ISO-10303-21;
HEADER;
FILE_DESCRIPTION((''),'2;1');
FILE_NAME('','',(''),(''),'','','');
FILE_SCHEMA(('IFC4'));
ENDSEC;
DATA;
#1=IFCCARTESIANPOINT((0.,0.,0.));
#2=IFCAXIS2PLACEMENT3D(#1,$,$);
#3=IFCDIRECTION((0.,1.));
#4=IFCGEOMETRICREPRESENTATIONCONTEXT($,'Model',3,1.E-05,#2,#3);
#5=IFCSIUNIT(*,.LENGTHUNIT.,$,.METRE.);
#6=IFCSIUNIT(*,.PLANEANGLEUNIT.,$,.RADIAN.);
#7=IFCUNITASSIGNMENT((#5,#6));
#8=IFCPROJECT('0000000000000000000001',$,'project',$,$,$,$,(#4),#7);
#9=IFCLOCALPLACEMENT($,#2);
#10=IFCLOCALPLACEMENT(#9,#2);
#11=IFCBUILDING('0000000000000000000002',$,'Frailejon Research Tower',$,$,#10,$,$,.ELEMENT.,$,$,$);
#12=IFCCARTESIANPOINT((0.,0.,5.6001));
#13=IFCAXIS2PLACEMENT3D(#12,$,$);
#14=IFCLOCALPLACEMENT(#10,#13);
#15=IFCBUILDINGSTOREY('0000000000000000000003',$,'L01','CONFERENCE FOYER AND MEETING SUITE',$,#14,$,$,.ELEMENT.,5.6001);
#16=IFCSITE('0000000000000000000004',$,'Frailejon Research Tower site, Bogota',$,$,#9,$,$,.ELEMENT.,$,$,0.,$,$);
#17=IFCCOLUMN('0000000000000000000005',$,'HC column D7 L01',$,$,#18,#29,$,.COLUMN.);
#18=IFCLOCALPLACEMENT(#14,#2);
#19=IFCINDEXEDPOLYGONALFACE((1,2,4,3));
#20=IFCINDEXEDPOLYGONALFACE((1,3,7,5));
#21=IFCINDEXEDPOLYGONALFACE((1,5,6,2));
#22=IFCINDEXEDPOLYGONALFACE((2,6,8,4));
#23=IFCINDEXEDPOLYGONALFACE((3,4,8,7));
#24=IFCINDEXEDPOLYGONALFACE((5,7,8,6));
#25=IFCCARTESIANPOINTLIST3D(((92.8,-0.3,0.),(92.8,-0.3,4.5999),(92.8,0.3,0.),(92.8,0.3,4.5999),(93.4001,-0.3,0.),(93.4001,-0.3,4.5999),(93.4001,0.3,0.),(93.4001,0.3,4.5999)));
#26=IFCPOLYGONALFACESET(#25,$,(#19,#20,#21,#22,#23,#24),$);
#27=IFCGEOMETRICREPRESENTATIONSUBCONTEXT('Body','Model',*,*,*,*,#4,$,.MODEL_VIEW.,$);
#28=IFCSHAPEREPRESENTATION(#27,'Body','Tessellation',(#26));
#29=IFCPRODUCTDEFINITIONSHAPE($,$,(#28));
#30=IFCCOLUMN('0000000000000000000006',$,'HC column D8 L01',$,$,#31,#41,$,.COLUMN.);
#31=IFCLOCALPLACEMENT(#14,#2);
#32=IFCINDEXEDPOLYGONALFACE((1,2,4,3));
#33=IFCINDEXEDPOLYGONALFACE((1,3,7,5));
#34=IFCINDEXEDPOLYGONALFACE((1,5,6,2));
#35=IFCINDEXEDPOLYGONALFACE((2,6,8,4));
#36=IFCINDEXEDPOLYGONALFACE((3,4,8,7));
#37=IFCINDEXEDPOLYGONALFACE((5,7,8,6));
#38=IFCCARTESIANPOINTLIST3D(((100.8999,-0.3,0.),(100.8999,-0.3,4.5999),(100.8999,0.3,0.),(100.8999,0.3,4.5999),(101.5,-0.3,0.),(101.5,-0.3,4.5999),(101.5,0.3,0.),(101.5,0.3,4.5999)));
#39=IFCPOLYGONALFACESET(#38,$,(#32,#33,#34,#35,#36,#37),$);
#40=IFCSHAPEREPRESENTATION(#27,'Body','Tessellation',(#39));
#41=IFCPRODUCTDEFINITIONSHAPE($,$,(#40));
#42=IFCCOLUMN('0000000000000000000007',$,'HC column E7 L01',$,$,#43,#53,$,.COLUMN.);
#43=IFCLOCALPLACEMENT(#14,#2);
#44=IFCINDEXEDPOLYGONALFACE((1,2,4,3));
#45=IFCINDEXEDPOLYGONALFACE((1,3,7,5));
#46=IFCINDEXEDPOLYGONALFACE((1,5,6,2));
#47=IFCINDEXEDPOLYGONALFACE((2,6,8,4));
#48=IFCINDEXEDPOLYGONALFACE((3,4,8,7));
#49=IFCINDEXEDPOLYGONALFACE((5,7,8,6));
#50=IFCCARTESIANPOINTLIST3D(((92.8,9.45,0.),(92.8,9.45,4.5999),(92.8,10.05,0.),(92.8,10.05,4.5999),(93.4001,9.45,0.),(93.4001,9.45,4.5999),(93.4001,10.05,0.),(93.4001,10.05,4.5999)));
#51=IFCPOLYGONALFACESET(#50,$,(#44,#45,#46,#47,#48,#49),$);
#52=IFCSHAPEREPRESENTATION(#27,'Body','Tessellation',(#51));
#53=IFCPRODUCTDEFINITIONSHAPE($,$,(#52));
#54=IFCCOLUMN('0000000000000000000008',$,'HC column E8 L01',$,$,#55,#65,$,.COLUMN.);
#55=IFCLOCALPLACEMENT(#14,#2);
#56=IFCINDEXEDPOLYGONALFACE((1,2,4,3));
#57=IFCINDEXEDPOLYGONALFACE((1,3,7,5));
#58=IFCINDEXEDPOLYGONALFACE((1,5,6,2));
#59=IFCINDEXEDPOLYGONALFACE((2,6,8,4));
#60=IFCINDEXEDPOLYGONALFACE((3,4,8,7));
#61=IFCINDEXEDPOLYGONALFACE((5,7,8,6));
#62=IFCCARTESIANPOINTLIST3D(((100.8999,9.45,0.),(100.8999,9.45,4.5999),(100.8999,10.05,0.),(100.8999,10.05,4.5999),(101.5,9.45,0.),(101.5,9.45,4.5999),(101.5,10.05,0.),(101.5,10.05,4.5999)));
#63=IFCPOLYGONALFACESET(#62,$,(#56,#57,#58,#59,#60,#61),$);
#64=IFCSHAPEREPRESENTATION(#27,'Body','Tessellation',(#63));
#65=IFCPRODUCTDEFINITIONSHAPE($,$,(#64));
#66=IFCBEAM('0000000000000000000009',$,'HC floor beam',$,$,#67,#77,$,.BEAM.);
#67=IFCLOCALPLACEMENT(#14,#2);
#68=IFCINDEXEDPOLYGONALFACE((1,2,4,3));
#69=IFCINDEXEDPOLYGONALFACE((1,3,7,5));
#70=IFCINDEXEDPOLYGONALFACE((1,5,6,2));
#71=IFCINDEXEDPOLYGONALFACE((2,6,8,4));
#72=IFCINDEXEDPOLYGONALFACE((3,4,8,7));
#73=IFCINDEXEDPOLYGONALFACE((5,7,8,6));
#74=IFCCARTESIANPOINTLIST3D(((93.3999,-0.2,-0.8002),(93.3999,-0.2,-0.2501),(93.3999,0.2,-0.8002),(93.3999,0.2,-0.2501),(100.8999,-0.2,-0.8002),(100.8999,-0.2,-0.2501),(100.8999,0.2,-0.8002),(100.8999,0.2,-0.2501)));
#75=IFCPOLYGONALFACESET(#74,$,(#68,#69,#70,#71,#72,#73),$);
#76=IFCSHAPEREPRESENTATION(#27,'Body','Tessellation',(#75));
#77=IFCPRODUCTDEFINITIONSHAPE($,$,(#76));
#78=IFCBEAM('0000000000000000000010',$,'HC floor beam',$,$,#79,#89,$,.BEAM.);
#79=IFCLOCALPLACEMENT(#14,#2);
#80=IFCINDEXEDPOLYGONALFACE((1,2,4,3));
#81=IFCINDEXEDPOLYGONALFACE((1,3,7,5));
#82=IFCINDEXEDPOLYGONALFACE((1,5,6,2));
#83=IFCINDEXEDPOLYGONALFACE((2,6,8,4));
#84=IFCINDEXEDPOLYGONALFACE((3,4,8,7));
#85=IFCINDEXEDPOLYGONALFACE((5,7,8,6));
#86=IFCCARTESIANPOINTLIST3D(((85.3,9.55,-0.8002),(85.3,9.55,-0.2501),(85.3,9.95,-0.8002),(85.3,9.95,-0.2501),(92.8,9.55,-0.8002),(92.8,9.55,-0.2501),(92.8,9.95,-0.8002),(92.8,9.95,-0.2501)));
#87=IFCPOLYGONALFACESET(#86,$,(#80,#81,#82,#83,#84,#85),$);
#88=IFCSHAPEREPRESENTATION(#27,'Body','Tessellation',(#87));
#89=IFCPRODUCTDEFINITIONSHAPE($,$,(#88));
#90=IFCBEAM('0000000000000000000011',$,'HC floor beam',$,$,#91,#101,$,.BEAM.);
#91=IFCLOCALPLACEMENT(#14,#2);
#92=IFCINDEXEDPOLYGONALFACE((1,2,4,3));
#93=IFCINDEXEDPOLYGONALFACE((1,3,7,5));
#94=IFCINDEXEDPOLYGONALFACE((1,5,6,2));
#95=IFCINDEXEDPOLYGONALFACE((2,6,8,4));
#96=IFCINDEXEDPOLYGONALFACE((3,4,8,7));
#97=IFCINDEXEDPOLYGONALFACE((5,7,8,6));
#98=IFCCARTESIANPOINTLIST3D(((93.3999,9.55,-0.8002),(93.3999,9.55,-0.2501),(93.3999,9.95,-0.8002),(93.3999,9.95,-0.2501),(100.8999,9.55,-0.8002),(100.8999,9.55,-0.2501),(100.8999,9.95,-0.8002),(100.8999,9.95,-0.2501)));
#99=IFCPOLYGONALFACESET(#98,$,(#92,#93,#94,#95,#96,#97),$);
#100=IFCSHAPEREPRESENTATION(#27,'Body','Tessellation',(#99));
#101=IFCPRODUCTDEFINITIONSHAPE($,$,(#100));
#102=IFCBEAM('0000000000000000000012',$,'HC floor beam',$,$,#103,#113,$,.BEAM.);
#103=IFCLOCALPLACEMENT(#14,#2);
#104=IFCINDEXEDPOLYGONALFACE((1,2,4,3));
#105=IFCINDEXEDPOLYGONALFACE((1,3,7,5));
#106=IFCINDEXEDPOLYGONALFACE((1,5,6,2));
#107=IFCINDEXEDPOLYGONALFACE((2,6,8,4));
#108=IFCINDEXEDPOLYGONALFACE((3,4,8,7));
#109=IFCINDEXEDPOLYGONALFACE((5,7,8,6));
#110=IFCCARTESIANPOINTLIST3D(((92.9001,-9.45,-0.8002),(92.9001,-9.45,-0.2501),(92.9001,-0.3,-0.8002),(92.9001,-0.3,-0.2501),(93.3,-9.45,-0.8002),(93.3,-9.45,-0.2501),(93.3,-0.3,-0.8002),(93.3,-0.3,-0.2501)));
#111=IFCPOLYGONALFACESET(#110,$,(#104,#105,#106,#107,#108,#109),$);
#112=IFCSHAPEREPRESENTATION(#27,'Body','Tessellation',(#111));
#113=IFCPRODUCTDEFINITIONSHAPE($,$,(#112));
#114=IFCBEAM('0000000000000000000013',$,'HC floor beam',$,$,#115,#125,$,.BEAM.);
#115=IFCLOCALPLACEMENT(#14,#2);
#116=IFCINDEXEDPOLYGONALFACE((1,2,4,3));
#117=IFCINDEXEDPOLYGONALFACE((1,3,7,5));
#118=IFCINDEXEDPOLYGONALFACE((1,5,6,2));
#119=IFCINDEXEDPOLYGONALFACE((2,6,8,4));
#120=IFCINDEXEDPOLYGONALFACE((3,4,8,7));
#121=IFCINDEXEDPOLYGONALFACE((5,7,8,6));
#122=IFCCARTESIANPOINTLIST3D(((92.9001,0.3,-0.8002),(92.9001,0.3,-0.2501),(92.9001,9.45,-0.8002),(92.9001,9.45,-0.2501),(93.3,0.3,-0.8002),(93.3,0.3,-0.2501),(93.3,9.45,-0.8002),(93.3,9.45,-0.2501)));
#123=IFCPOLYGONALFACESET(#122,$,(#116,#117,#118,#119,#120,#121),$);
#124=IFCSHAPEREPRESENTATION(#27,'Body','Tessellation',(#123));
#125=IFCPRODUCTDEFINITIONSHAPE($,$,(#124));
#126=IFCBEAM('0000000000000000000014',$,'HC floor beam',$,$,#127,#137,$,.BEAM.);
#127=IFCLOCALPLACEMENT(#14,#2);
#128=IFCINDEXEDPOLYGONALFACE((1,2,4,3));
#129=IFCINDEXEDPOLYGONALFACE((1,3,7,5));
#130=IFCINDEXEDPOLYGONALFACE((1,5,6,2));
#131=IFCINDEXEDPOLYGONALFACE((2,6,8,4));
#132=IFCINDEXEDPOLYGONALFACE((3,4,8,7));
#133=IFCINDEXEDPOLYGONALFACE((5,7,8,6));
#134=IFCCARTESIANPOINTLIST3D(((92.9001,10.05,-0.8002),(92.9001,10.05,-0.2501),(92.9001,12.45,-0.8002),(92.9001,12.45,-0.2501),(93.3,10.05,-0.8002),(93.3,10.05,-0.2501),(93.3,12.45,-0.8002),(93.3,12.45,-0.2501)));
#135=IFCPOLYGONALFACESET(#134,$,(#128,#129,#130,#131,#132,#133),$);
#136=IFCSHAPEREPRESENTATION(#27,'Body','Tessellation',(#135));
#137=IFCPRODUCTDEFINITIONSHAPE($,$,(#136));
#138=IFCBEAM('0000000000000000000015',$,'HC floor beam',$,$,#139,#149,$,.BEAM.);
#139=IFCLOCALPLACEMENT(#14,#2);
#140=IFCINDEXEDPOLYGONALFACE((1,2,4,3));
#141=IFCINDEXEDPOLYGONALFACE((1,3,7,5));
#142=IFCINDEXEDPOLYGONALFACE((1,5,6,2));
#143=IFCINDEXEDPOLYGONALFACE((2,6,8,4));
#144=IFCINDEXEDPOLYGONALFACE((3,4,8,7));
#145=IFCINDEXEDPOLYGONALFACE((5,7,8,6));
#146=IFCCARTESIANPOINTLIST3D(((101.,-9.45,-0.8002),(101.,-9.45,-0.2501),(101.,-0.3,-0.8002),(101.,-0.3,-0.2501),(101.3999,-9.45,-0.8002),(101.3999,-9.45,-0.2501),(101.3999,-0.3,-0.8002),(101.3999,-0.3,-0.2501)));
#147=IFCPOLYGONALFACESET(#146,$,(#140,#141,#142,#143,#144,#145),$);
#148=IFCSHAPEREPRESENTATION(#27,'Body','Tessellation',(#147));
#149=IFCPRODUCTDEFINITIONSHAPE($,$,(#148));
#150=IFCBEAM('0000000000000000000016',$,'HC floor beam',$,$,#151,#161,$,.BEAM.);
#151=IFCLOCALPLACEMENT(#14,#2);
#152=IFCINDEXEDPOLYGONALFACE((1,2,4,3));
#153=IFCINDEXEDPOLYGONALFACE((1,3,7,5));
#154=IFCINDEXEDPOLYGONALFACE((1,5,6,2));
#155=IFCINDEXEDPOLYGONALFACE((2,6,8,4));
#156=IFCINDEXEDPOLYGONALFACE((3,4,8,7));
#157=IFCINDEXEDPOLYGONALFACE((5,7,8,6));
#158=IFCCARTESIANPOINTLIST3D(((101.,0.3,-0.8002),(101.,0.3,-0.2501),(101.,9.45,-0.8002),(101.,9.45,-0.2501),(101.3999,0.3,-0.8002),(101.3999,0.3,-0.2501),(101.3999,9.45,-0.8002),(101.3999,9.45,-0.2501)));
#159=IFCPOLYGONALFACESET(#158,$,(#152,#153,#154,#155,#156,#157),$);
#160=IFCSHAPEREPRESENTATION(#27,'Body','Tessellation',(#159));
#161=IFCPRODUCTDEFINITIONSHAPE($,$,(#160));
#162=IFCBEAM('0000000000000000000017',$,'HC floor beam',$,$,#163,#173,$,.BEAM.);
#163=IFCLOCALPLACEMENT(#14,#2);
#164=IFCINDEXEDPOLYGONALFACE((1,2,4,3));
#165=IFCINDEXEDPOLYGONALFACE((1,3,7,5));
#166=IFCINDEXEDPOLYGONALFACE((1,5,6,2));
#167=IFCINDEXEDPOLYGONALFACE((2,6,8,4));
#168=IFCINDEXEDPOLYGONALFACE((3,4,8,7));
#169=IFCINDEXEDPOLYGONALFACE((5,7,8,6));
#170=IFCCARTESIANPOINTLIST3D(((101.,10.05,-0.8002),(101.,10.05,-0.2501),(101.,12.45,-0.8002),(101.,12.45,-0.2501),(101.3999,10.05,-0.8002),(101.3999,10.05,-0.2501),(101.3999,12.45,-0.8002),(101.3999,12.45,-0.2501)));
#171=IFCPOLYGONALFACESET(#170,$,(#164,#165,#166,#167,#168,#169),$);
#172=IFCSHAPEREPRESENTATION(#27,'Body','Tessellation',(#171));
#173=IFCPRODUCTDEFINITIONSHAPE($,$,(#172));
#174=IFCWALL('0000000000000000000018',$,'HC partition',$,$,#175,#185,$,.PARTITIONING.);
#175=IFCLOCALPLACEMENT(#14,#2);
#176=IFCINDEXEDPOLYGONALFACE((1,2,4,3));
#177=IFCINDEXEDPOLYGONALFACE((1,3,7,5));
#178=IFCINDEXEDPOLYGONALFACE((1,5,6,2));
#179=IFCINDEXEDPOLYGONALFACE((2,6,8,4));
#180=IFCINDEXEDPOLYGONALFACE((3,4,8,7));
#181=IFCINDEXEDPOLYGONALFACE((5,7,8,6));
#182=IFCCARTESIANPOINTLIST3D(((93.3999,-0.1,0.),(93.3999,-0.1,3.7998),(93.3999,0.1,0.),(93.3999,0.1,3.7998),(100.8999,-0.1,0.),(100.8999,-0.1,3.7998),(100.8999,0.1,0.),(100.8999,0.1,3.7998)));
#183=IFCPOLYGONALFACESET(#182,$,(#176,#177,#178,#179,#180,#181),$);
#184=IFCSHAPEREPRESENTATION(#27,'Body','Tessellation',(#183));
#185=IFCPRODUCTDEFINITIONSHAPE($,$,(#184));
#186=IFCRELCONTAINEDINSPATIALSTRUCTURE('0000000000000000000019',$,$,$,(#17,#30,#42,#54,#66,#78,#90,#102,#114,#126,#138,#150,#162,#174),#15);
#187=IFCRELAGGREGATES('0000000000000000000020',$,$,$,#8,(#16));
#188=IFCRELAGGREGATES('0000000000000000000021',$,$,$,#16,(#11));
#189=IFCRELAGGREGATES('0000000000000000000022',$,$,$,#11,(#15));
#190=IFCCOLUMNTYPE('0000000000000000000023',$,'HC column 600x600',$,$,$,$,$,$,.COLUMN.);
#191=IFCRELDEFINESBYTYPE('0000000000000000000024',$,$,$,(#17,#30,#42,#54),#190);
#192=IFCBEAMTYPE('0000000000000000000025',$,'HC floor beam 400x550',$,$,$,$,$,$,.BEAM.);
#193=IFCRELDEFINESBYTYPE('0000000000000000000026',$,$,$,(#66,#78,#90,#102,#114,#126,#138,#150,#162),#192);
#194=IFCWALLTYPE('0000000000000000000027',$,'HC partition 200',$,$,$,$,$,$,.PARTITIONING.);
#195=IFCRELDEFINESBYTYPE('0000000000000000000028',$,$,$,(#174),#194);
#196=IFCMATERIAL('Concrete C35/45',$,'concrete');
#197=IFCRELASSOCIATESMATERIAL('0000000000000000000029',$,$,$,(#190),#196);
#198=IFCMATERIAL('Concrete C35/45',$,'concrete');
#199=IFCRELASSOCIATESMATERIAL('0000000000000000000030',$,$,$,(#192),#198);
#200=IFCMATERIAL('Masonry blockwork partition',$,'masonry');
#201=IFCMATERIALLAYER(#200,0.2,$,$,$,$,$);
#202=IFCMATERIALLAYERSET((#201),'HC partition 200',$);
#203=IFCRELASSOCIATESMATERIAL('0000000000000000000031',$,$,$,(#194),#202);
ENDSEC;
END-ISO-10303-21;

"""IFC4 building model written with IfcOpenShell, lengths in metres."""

from ifc_helpers import new_model, si_unit, direction, frame, frame_2d, origin, origin_2d, place, context, subcontext, project, spatial, rectangle, extrude, material, layer, layer_set, material_profile, profile_set, type_object, element, save


model = new_model("IFC4")

# Units and contexts
model_context = context("Model", 3, precision=1e-05, world=origin(), true_north=direction((0.0, 1.0)))
body_context = subcontext(model_context, "Body", "Model", "MODEL_VIEW")
ifc_project = project(units=[si_unit("LENGTHUNIT", "METRE"), si_unit("PLANEANGLEUNIT", "RADIAN")], contexts=[model_context])

# Site, building, storey
site_placement = place(None, origin())
site = spatial("IfcSite", under=ifc_project, at=site_placement, Name="Frailejon Research Tower site, Bogota", CompositionType="ELEMENT", RefElevation=0.0)
building_placement = place(site_placement, origin())
building = spatial("IfcBuilding", under=site, at=building_placement, Name="Frailejon Research Tower", CompositionType="ELEMENT")
storey_placement = place(building_placement, frame((0.0, 0.0, 5.6001)))
storey = spatial("IfcBuildingStorey", under=building, at=storey_placement, Name="L01", Description="CONFERENCE FOYER AND MEETING SUITE", CompositionType="ELEMENT", Elevation=5.6001)

# Columns
ifc_material_1 = material(Name="Concrete C35/45", Category="concrete")
ifc_material_profile_1 = material_profile(ifc_material_1, rectangle(XDim=0.6001, YDim=0.6001, at=origin_2d()), Name="HC column 600x600")
ifc_profile_set_1 = profile_set([ifc_material_profile_1], Name="Concrete C35/45")
column_type = type_object("IfcColumnType", Name="HC column 600x600", PredefinedType="COLUMN", material=ifc_profile_set_1)
for number, where, z_axis, x_axis, name in (
    (1, (93.1001, 0.0, 0.0), (0.0, 0.0, 1.0), (1.0, 0.0, 0.0), "HC column D7 L01"),
    (2, (101.2, 0.0, 0.0), (0.0, 0.0, 1.0), (1.0, 0.0, 0.0), "HC column D8 L01"),
    (3, (93.1001, 9.75, 0.0), (0.0, 0.0, 1.0), (1.0, 0.0, 0.0), "HC column E7 L01"),
    (4, (101.2, 9.75, 0.0), (0.0, 0.0, 1.0), (1.0, 0.0, 0.0), "HC column E8 L01"),
):
    element("IfcColumn", number, at=place(storey_placement, frame(where, z_axis=z_axis, x_axis=x_axis)), inside=storey, type_object=column_type, Name=name, PredefinedType="COLUMN", context=body_context, shape_type="SweptSolid", body=[
        extrude(rectangle(XDim=0.6001, YDim=0.6001, at=origin_2d()), origin(), (0.0, 0.0, 1.0), 4.5999),
    ])

# Beams
ifc_material_2 = material(Name="Concrete C35/45", Category="concrete")
ifc_material_profile_2 = material_profile(ifc_material_2, rectangle(XDim=0.3999, YDim=0.55, at=origin_2d()), Name="HC floor beam 400x550")
ifc_profile_set_2 = profile_set([ifc_material_profile_2], Name="Concrete C35/45")
beam_type = type_object("IfcBeamType", Name="HC floor beam 400x550", PredefinedType="BEAM", material=ifc_profile_set_2)
for number, where, z_axis, x_axis, name in (
    (5, (93.3999, 0.0, -0.5251), (1.0, 0.0, 0.0), (0.0, 1.0, 0.0), "HC floor beam"),
    (6, (85.3, 9.75, -0.5251), (1.0, 0.0, 0.0), (0.0, 1.0, 0.0), "HC floor beam"),
    (7, (93.3999, 9.75, -0.5251), (1.0, 0.0, 0.0), (0.0, 1.0, 0.0), "HC floor beam"),
):
    element("IfcBeam", number, at=place(storey_placement, frame(where, z_axis=z_axis, x_axis=x_axis)), inside=storey, type_object=beam_type, Name=name, PredefinedType="BEAM", context=body_context, shape_type="SweptSolid", body=[
        extrude(rectangle(XDim=0.3999, YDim=0.55, at=origin_2d()), origin(), (0.0, 0.0, 1.0), 7.5),
    ])
for number, where, z_axis, x_axis, name in (
    (8, (93.1001, -9.45, -0.5251), (0.0, 1.0, 0.0), (-1.0, 0.0, 0.0), "HC floor beam"),
    (9, (93.1001, 0.3, -0.5251), (0.0, 1.0, 0.0), (-1.0, 0.0, 0.0), "HC floor beam"),
):
    element("IfcBeam", number, at=place(storey_placement, frame(where, z_axis=z_axis, x_axis=x_axis)), inside=storey, type_object=beam_type, Name=name, PredefinedType="BEAM", context=body_context, shape_type="SweptSolid", body=[
        extrude(rectangle(XDim=0.3999, YDim=0.55, at=origin_2d()), origin(), (0.0, 0.0, 1.0), 9.1499),
    ])
beam_1_placement = place(storey_placement, frame((93.1001, 10.05, -0.5251), z_axis=(0.0, 1.0, 0.0), x_axis=(-1.0, 0.0, 0.0)))
element("IfcBeam", 10, at=beam_1_placement, inside=storey, type_object=beam_type, Name="HC floor beam", PredefinedType="BEAM", context=body_context, shape_type="SweptSolid", body=[
    extrude(rectangle(XDim=0.3999, YDim=0.55, at=origin_2d()), origin(), (0.0, 0.0, 1.0), 2.3999),
])
for number, where, z_axis, x_axis, name in (
    (11, (101.2, -9.45, -0.5251), (0.0, 1.0, 0.0), (-1.0, 0.0, 0.0), "HC floor beam"),
    (12, (101.2, 0.3, -0.5251), (0.0, 1.0, 0.0), (-1.0, 0.0, 0.0), "HC floor beam"),
):
    element("IfcBeam", number, at=place(storey_placement, frame(where, z_axis=z_axis, x_axis=x_axis)), inside=storey, type_object=beam_type, Name=name, PredefinedType="BEAM", context=body_context, shape_type="SweptSolid", body=[
        extrude(rectangle(XDim=0.3999, YDim=0.55, at=origin_2d()), origin(), (0.0, 0.0, 1.0), 9.1499),
    ])
beam_2_placement = place(storey_placement, frame((101.2, 10.05, -0.5251), z_axis=(0.0, 1.0, 0.0), x_axis=(-1.0, 0.0, 0.0)))
element("IfcBeam", 13, at=beam_2_placement, inside=storey, type_object=beam_type, Name="HC floor beam", PredefinedType="BEAM", context=body_context, shape_type="SweptSolid", body=[
    extrude(rectangle(XDim=0.3999, YDim=0.55, at=origin_2d()), origin(), (0.0, 0.0, 1.0), 2.3999),
])

# Wall
ifc_material_3 = material(Name="Masonry blockwork partition", Category="masonry")
ifc_layer_1 = layer(ifc_material_3, 0.2)
ifc_layer_set_1 = layer_set([ifc_layer_1], Name="HC partition 200")
wall_type = type_object("IfcWallType", Name="HC partition 200", PredefinedType="PARTITIONING", material=ifc_layer_set_1)
wall_1_placement = place(storey_placement, frame((93.3999, 0.0, 0.0), z_axis=(0.0, 0.0, 1.0), x_axis=(1.0, 0.0, 0.0)))
element("IfcWall", 14, at=wall_1_placement, inside=storey, type_object=wall_type, Name="HC partition", PredefinedType="PARTITIONING", context=body_context, shape_type="SweptSolid", body=[
    extrude(rectangle(XDim=7.5, YDim=0.2, at=frame_2d((3.75, 0.0))), origin(), (0.0, 0.0, 1.0), 3.7998),
])

save(model, "model.ifc")
